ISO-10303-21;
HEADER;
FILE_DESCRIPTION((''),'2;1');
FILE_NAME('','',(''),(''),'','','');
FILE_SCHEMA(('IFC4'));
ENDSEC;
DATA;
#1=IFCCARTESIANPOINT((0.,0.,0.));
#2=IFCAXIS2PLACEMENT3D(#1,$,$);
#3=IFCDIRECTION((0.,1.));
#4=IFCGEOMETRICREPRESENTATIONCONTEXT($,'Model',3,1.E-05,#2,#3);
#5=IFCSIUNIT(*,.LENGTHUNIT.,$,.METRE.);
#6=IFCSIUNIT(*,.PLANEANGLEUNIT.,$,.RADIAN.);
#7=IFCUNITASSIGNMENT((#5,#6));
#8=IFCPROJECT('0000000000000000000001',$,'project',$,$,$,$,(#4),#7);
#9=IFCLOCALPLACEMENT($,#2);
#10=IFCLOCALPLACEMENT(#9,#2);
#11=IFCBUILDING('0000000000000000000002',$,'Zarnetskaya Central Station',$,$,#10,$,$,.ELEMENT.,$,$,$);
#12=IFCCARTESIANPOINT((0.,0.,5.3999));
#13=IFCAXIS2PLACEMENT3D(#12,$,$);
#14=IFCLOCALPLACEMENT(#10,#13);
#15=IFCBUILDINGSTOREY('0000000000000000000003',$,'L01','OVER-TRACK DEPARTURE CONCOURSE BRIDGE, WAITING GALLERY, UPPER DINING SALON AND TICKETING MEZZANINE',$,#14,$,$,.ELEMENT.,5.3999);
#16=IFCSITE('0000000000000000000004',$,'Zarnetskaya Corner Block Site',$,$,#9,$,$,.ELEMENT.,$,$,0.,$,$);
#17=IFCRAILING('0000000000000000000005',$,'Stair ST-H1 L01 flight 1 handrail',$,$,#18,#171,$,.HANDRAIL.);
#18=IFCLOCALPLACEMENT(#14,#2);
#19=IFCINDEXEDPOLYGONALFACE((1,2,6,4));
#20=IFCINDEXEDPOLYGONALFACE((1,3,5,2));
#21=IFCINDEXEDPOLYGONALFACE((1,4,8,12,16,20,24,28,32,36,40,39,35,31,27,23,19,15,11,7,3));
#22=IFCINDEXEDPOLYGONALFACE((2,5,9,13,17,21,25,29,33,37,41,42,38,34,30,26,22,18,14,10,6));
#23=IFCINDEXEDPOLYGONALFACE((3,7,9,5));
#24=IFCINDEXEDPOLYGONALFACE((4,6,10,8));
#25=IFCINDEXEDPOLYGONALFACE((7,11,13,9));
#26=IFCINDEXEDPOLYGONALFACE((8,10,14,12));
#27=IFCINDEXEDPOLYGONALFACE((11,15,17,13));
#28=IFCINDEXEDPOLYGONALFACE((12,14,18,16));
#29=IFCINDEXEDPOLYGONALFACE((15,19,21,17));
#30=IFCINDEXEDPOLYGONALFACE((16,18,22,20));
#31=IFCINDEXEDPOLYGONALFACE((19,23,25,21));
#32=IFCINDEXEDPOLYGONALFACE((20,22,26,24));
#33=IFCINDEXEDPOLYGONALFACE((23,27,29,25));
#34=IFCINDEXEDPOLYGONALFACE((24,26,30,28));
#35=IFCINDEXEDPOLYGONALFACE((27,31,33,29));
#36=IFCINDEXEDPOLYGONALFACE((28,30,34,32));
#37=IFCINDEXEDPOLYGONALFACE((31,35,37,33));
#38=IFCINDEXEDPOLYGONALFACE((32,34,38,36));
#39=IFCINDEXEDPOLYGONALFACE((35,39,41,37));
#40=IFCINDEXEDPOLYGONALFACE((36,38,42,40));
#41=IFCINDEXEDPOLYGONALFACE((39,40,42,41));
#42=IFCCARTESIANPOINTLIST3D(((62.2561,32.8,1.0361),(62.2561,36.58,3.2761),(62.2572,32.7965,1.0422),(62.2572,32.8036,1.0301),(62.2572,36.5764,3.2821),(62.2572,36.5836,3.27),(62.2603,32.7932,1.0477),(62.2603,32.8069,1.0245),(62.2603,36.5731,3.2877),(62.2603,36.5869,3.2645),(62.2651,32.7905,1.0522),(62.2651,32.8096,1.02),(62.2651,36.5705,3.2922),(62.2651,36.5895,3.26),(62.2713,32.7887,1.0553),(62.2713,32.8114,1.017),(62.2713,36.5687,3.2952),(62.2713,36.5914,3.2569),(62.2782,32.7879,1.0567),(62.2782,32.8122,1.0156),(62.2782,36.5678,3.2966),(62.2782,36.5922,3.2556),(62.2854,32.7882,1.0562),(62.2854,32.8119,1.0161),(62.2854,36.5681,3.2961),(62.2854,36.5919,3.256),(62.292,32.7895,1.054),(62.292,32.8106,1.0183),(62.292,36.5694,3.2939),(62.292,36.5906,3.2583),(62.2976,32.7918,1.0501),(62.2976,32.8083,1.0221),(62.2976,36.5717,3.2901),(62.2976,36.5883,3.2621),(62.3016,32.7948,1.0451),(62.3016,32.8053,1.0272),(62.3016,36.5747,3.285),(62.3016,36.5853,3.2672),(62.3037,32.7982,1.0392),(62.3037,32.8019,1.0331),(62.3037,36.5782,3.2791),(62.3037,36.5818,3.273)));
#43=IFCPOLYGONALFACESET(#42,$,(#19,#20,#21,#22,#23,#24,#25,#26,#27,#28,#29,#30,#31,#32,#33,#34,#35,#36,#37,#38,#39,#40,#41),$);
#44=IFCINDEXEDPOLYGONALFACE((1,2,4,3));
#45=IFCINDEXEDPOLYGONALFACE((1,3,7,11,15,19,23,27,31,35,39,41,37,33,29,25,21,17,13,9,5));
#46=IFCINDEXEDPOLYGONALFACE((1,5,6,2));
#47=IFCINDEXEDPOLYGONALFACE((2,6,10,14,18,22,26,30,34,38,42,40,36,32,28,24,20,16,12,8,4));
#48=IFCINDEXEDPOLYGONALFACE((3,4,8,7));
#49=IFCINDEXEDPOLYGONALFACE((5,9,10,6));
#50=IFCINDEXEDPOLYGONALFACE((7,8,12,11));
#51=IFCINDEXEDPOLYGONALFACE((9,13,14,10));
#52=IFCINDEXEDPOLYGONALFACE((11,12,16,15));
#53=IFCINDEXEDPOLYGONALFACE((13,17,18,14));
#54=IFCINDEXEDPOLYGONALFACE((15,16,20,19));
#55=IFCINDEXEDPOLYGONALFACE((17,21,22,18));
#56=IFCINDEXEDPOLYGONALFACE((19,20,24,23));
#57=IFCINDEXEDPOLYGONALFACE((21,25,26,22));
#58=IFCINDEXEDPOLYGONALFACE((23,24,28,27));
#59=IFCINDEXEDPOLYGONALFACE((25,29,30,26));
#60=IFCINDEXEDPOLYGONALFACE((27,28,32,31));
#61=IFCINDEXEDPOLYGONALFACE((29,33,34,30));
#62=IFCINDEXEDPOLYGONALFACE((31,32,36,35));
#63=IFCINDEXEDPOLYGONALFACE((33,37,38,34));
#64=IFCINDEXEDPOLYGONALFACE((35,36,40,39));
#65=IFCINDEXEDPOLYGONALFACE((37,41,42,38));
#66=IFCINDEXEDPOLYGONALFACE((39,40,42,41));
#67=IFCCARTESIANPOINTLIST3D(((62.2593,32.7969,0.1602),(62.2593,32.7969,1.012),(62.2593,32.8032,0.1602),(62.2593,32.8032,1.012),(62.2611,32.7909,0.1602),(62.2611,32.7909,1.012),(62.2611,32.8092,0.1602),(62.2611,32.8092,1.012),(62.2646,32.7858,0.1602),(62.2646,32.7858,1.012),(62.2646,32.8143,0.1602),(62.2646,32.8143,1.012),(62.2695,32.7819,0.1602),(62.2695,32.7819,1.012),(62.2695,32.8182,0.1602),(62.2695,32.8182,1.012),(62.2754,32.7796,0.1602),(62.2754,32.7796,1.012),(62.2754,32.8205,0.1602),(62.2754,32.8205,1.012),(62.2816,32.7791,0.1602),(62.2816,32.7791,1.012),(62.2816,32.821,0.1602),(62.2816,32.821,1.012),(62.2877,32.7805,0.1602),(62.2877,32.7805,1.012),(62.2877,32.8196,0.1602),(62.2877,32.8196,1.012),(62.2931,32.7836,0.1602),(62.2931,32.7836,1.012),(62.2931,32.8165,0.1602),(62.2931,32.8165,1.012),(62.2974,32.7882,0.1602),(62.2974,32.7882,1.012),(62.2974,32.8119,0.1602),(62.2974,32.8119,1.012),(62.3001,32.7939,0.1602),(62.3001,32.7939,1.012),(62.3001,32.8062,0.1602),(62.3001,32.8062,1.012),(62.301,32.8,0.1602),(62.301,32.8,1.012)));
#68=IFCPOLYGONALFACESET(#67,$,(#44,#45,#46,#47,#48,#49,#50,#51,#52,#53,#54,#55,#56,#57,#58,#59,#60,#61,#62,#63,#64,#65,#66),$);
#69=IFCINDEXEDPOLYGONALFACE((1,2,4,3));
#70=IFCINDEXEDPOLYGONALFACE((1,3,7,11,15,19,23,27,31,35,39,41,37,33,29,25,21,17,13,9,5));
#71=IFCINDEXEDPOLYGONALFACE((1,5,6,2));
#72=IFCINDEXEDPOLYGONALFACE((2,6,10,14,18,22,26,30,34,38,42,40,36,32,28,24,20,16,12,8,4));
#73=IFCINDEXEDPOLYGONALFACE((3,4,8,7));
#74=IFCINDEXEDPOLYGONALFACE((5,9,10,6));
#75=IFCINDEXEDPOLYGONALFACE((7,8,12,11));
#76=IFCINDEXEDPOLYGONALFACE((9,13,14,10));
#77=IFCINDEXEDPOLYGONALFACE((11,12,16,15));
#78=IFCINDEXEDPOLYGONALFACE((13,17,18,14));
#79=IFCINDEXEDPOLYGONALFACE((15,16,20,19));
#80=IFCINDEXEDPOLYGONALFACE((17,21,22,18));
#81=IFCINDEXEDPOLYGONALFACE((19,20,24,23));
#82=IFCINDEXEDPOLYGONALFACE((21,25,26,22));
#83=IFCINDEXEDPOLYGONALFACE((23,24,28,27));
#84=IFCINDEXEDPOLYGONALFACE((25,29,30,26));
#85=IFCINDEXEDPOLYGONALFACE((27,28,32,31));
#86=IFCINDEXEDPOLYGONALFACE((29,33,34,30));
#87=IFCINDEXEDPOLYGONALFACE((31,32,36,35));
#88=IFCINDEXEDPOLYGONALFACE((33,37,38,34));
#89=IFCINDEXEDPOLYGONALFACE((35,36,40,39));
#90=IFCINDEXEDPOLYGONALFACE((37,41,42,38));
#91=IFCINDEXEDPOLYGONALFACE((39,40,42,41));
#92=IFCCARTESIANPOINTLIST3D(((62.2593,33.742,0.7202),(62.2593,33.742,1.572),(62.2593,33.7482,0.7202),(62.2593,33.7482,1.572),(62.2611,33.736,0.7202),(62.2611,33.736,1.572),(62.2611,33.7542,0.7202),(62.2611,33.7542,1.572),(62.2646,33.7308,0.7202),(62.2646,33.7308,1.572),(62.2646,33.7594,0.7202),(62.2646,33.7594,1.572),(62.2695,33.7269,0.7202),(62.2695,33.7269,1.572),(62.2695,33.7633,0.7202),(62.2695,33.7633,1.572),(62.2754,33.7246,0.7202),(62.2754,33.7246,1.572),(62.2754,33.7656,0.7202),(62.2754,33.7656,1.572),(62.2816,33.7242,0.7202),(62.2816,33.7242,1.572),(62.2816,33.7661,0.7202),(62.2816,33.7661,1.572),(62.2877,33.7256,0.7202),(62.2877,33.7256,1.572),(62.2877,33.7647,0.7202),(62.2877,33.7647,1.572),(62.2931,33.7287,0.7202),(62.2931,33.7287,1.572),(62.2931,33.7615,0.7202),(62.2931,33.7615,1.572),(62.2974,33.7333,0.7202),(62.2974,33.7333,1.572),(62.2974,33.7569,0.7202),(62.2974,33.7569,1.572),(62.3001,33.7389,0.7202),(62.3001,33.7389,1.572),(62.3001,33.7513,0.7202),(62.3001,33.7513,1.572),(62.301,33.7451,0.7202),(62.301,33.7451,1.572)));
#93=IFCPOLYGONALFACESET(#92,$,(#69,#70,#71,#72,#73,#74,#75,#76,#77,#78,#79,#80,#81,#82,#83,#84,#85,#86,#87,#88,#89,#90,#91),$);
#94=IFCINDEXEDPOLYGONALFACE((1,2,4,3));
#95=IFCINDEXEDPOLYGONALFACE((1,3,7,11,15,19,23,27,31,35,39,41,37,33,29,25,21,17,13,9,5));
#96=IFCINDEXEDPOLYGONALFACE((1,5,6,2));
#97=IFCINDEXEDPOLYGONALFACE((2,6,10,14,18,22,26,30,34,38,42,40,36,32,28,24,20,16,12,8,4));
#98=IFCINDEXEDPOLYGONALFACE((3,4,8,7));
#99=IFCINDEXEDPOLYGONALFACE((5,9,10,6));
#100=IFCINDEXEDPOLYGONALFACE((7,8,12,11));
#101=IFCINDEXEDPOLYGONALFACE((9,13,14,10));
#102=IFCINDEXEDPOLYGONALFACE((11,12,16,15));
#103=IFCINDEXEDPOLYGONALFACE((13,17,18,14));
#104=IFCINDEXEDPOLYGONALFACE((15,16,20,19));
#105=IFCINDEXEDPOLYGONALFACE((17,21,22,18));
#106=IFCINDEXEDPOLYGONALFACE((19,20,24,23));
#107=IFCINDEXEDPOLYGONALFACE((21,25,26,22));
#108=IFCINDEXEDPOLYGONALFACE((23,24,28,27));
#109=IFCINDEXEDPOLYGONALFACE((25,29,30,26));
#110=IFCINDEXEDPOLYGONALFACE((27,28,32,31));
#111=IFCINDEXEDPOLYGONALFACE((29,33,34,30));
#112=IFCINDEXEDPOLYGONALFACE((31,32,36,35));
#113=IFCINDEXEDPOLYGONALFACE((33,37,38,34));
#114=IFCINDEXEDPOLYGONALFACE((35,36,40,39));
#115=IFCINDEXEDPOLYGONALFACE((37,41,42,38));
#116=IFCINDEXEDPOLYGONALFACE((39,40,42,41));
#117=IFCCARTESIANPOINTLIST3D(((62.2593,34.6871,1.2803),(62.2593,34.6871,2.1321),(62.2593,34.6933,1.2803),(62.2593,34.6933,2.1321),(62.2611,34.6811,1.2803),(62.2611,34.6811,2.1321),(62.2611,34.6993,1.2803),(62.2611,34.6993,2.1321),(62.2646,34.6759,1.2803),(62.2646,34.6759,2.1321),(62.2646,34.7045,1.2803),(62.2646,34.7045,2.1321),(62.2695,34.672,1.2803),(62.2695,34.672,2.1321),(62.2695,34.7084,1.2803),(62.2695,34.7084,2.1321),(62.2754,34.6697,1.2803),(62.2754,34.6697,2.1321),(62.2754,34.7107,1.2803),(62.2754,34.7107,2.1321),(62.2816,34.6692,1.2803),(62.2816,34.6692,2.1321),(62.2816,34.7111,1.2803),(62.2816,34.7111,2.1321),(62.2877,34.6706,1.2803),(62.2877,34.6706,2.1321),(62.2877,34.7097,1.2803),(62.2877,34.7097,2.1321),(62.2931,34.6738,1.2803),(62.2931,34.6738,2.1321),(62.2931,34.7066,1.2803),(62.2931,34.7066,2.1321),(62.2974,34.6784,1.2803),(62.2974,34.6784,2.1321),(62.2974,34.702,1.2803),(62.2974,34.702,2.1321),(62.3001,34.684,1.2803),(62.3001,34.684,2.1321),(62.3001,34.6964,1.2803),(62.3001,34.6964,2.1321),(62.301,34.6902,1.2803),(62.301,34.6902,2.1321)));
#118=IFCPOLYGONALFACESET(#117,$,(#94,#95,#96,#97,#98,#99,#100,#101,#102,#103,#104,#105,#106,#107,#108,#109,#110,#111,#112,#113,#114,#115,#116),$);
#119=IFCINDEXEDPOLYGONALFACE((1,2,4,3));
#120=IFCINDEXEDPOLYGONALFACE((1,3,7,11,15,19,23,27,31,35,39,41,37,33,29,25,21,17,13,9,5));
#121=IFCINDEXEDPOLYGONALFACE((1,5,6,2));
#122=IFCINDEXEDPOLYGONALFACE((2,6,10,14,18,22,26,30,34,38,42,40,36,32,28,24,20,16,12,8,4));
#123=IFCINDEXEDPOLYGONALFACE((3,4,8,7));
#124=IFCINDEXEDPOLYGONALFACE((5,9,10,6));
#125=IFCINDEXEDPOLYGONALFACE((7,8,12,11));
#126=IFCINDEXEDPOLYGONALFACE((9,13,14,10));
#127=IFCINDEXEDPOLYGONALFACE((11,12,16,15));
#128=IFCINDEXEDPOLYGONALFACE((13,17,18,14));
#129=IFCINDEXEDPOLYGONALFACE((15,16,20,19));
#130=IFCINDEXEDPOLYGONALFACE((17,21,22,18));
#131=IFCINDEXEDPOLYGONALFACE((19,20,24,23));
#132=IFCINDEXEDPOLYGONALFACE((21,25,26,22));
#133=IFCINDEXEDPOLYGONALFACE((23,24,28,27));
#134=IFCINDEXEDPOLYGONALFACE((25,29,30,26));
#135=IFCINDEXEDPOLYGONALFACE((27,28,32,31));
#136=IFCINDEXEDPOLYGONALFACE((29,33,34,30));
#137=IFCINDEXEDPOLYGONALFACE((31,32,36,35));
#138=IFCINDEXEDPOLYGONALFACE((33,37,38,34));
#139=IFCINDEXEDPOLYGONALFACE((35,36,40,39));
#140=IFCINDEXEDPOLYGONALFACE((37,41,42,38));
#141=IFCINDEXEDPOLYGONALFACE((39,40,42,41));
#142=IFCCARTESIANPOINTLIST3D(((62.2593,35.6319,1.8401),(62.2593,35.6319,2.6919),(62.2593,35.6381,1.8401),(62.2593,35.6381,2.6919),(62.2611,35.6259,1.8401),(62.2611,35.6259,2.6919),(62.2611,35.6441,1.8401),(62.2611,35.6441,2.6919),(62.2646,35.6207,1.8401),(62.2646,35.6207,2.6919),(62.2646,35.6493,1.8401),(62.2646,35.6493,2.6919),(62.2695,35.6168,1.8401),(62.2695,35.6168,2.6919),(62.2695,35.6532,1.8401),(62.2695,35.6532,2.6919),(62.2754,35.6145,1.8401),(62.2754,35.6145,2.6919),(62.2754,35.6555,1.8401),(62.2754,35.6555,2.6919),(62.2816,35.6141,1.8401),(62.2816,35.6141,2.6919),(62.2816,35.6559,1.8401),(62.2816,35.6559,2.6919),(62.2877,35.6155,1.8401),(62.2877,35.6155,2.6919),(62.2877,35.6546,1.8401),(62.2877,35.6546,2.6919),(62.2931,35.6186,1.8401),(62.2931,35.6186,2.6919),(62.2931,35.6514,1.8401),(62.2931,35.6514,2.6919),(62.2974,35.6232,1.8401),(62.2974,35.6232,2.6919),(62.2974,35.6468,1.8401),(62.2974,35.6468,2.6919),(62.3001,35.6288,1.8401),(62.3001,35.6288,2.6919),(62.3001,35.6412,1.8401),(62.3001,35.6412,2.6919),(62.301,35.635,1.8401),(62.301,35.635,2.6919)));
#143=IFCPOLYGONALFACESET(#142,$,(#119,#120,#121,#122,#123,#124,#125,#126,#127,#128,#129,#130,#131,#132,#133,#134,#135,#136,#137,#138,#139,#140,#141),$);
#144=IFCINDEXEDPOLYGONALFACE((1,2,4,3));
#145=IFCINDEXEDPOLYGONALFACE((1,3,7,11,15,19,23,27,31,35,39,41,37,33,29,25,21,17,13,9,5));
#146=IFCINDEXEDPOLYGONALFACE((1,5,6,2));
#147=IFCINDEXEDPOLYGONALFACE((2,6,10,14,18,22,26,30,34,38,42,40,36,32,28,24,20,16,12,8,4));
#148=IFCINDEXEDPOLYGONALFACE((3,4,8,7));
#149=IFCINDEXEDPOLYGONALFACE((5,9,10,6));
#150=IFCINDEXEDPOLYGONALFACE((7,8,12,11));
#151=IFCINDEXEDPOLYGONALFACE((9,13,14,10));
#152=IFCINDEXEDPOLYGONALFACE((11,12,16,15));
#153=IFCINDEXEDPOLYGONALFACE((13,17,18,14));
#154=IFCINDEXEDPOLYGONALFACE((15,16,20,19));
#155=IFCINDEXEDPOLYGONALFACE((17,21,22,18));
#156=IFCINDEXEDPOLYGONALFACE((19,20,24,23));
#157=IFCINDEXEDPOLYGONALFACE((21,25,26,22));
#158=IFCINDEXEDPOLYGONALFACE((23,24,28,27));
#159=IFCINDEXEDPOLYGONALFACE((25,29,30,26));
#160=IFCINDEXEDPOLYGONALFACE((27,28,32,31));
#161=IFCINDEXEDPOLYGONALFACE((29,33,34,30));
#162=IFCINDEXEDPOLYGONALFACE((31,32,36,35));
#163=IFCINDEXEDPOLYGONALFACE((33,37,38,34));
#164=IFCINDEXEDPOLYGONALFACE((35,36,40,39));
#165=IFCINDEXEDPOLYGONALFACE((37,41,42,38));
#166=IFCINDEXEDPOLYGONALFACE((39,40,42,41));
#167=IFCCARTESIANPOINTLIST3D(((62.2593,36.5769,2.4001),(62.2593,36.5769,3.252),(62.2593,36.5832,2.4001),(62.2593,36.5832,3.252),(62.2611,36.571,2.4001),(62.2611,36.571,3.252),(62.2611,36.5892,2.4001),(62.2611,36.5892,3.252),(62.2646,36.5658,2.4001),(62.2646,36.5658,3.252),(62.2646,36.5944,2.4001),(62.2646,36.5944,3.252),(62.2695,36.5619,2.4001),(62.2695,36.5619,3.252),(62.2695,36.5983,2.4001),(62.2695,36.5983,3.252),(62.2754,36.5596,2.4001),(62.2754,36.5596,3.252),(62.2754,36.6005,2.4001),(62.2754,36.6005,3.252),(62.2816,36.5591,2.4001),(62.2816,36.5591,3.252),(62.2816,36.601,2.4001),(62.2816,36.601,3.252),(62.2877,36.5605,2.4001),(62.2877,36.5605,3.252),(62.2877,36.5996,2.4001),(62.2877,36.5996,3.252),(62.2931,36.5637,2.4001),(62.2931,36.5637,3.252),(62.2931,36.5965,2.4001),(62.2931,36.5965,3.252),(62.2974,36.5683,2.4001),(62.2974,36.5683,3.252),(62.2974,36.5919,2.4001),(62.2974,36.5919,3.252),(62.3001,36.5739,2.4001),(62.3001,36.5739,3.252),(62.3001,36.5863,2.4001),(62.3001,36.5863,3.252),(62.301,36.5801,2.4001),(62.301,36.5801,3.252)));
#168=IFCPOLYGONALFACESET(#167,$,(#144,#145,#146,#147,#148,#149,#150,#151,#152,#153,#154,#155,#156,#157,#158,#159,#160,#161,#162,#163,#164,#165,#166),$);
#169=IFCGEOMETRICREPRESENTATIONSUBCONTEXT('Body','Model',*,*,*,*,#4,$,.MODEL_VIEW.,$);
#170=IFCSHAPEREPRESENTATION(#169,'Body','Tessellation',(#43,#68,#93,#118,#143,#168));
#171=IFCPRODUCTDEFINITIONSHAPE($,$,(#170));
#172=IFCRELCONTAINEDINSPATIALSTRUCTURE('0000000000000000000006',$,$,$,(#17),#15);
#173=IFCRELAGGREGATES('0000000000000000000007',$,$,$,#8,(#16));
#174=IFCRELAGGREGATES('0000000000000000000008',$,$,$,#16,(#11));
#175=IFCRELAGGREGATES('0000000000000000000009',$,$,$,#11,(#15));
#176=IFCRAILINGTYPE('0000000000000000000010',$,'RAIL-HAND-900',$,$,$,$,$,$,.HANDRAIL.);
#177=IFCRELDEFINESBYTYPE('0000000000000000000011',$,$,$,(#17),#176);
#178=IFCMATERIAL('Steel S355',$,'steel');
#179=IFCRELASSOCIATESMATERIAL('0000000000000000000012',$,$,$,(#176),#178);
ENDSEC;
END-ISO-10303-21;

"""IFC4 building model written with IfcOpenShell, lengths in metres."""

from ifc_helpers import new_model, si_unit, direction, frame, origin, origin_2d, place, context, subcontext, project, spatial, circle, extrude, material, type_object, element, save


model = new_model("IFC4")

# Units and contexts
model_context = context("Model", 3, precision=1e-05, world=origin(), true_north=direction((0.0, 1.0)))
body_context = subcontext(model_context, "Body", "Model", "MODEL_VIEW")
ifc_project = project(units=[si_unit("LENGTHUNIT", "METRE"), si_unit("PLANEANGLEUNIT", "RADIAN")], contexts=[model_context])

# Site, building, storey
site_placement = place(None, origin())
site = spatial("IfcSite", under=ifc_project, at=site_placement, Name="Zarnetskaya Corner Block Site", CompositionType="ELEMENT", RefElevation=0.0)
building_placement = place(site_placement, origin())
building = spatial("IfcBuilding", under=site, at=building_placement, Name="Zarnetskaya Central Station", CompositionType="ELEMENT")
storey_placement = place(building_placement, frame((0.0, 0.0, 5.3999)))
storey = spatial("IfcBuildingStorey", under=building, at=storey_placement, Name="L01", Description="OVER-TRACK DEPARTURE CONCOURSE BRIDGE, WAITING GALLERY, UPPER DINING SALON AND TICKETING MEZZANINE", CompositionType="ELEMENT", Elevation=5.3999)

# Shared definitions
ifc_material_1 = material(Name="Steel S355", Category="steel")

# Railing
railing_type_1 = type_object("IfcRailingType", Name="RAIL-HAND-900", PredefinedType="HANDRAIL", material=ifc_material_1)
railing_1_placement = place(storey_placement, frame((62.28, 32.8, 0.1602)))
element("IfcRailing", 1, at=railing_1_placement, inside=storey, type_object=railing_type_1, Name="Stair ST-H1 L01 flight 1 handrail", PredefinedType="HANDRAIL", context=body_context, shape_type="SweptSolid", body=[
    extrude(circle(Radius=0.0239, at=origin_2d()), frame((0.0, 0.0, 0.876), z_axis=(0.0, 0.860294, 0.509798), x_axis=(-1.0, 0.0, 0.0)), (0.0, 0.0, 1.0), 4.3938),
    extrude(circle(Radius=0.021, at=origin_2d()), origin(), (0.0, 0.0, 1.0), 0.8518),
    extrude(circle(Radius=0.021, at=origin_2d()), frame((0.0, 0.9451, 0.5601)), (0.0, 0.0, 1.0), 0.8518),
    extrude(circle(Radius=0.021, at=origin_2d()), frame((0.0, 1.8901, 1.1201)), (0.0, 0.0, 1.0), 0.8518),
    extrude(circle(Radius=0.021, at=origin_2d()), frame((0.0, 2.835, 1.6799)), (0.0, 0.0, 1.0), 0.8518),
    extrude(circle(Radius=0.021, at=origin_2d()), frame((0.0, 3.78, 2.24)), (0.0, 0.0, 1.0), 0.8518),
])

save(model, "model.ifc")
